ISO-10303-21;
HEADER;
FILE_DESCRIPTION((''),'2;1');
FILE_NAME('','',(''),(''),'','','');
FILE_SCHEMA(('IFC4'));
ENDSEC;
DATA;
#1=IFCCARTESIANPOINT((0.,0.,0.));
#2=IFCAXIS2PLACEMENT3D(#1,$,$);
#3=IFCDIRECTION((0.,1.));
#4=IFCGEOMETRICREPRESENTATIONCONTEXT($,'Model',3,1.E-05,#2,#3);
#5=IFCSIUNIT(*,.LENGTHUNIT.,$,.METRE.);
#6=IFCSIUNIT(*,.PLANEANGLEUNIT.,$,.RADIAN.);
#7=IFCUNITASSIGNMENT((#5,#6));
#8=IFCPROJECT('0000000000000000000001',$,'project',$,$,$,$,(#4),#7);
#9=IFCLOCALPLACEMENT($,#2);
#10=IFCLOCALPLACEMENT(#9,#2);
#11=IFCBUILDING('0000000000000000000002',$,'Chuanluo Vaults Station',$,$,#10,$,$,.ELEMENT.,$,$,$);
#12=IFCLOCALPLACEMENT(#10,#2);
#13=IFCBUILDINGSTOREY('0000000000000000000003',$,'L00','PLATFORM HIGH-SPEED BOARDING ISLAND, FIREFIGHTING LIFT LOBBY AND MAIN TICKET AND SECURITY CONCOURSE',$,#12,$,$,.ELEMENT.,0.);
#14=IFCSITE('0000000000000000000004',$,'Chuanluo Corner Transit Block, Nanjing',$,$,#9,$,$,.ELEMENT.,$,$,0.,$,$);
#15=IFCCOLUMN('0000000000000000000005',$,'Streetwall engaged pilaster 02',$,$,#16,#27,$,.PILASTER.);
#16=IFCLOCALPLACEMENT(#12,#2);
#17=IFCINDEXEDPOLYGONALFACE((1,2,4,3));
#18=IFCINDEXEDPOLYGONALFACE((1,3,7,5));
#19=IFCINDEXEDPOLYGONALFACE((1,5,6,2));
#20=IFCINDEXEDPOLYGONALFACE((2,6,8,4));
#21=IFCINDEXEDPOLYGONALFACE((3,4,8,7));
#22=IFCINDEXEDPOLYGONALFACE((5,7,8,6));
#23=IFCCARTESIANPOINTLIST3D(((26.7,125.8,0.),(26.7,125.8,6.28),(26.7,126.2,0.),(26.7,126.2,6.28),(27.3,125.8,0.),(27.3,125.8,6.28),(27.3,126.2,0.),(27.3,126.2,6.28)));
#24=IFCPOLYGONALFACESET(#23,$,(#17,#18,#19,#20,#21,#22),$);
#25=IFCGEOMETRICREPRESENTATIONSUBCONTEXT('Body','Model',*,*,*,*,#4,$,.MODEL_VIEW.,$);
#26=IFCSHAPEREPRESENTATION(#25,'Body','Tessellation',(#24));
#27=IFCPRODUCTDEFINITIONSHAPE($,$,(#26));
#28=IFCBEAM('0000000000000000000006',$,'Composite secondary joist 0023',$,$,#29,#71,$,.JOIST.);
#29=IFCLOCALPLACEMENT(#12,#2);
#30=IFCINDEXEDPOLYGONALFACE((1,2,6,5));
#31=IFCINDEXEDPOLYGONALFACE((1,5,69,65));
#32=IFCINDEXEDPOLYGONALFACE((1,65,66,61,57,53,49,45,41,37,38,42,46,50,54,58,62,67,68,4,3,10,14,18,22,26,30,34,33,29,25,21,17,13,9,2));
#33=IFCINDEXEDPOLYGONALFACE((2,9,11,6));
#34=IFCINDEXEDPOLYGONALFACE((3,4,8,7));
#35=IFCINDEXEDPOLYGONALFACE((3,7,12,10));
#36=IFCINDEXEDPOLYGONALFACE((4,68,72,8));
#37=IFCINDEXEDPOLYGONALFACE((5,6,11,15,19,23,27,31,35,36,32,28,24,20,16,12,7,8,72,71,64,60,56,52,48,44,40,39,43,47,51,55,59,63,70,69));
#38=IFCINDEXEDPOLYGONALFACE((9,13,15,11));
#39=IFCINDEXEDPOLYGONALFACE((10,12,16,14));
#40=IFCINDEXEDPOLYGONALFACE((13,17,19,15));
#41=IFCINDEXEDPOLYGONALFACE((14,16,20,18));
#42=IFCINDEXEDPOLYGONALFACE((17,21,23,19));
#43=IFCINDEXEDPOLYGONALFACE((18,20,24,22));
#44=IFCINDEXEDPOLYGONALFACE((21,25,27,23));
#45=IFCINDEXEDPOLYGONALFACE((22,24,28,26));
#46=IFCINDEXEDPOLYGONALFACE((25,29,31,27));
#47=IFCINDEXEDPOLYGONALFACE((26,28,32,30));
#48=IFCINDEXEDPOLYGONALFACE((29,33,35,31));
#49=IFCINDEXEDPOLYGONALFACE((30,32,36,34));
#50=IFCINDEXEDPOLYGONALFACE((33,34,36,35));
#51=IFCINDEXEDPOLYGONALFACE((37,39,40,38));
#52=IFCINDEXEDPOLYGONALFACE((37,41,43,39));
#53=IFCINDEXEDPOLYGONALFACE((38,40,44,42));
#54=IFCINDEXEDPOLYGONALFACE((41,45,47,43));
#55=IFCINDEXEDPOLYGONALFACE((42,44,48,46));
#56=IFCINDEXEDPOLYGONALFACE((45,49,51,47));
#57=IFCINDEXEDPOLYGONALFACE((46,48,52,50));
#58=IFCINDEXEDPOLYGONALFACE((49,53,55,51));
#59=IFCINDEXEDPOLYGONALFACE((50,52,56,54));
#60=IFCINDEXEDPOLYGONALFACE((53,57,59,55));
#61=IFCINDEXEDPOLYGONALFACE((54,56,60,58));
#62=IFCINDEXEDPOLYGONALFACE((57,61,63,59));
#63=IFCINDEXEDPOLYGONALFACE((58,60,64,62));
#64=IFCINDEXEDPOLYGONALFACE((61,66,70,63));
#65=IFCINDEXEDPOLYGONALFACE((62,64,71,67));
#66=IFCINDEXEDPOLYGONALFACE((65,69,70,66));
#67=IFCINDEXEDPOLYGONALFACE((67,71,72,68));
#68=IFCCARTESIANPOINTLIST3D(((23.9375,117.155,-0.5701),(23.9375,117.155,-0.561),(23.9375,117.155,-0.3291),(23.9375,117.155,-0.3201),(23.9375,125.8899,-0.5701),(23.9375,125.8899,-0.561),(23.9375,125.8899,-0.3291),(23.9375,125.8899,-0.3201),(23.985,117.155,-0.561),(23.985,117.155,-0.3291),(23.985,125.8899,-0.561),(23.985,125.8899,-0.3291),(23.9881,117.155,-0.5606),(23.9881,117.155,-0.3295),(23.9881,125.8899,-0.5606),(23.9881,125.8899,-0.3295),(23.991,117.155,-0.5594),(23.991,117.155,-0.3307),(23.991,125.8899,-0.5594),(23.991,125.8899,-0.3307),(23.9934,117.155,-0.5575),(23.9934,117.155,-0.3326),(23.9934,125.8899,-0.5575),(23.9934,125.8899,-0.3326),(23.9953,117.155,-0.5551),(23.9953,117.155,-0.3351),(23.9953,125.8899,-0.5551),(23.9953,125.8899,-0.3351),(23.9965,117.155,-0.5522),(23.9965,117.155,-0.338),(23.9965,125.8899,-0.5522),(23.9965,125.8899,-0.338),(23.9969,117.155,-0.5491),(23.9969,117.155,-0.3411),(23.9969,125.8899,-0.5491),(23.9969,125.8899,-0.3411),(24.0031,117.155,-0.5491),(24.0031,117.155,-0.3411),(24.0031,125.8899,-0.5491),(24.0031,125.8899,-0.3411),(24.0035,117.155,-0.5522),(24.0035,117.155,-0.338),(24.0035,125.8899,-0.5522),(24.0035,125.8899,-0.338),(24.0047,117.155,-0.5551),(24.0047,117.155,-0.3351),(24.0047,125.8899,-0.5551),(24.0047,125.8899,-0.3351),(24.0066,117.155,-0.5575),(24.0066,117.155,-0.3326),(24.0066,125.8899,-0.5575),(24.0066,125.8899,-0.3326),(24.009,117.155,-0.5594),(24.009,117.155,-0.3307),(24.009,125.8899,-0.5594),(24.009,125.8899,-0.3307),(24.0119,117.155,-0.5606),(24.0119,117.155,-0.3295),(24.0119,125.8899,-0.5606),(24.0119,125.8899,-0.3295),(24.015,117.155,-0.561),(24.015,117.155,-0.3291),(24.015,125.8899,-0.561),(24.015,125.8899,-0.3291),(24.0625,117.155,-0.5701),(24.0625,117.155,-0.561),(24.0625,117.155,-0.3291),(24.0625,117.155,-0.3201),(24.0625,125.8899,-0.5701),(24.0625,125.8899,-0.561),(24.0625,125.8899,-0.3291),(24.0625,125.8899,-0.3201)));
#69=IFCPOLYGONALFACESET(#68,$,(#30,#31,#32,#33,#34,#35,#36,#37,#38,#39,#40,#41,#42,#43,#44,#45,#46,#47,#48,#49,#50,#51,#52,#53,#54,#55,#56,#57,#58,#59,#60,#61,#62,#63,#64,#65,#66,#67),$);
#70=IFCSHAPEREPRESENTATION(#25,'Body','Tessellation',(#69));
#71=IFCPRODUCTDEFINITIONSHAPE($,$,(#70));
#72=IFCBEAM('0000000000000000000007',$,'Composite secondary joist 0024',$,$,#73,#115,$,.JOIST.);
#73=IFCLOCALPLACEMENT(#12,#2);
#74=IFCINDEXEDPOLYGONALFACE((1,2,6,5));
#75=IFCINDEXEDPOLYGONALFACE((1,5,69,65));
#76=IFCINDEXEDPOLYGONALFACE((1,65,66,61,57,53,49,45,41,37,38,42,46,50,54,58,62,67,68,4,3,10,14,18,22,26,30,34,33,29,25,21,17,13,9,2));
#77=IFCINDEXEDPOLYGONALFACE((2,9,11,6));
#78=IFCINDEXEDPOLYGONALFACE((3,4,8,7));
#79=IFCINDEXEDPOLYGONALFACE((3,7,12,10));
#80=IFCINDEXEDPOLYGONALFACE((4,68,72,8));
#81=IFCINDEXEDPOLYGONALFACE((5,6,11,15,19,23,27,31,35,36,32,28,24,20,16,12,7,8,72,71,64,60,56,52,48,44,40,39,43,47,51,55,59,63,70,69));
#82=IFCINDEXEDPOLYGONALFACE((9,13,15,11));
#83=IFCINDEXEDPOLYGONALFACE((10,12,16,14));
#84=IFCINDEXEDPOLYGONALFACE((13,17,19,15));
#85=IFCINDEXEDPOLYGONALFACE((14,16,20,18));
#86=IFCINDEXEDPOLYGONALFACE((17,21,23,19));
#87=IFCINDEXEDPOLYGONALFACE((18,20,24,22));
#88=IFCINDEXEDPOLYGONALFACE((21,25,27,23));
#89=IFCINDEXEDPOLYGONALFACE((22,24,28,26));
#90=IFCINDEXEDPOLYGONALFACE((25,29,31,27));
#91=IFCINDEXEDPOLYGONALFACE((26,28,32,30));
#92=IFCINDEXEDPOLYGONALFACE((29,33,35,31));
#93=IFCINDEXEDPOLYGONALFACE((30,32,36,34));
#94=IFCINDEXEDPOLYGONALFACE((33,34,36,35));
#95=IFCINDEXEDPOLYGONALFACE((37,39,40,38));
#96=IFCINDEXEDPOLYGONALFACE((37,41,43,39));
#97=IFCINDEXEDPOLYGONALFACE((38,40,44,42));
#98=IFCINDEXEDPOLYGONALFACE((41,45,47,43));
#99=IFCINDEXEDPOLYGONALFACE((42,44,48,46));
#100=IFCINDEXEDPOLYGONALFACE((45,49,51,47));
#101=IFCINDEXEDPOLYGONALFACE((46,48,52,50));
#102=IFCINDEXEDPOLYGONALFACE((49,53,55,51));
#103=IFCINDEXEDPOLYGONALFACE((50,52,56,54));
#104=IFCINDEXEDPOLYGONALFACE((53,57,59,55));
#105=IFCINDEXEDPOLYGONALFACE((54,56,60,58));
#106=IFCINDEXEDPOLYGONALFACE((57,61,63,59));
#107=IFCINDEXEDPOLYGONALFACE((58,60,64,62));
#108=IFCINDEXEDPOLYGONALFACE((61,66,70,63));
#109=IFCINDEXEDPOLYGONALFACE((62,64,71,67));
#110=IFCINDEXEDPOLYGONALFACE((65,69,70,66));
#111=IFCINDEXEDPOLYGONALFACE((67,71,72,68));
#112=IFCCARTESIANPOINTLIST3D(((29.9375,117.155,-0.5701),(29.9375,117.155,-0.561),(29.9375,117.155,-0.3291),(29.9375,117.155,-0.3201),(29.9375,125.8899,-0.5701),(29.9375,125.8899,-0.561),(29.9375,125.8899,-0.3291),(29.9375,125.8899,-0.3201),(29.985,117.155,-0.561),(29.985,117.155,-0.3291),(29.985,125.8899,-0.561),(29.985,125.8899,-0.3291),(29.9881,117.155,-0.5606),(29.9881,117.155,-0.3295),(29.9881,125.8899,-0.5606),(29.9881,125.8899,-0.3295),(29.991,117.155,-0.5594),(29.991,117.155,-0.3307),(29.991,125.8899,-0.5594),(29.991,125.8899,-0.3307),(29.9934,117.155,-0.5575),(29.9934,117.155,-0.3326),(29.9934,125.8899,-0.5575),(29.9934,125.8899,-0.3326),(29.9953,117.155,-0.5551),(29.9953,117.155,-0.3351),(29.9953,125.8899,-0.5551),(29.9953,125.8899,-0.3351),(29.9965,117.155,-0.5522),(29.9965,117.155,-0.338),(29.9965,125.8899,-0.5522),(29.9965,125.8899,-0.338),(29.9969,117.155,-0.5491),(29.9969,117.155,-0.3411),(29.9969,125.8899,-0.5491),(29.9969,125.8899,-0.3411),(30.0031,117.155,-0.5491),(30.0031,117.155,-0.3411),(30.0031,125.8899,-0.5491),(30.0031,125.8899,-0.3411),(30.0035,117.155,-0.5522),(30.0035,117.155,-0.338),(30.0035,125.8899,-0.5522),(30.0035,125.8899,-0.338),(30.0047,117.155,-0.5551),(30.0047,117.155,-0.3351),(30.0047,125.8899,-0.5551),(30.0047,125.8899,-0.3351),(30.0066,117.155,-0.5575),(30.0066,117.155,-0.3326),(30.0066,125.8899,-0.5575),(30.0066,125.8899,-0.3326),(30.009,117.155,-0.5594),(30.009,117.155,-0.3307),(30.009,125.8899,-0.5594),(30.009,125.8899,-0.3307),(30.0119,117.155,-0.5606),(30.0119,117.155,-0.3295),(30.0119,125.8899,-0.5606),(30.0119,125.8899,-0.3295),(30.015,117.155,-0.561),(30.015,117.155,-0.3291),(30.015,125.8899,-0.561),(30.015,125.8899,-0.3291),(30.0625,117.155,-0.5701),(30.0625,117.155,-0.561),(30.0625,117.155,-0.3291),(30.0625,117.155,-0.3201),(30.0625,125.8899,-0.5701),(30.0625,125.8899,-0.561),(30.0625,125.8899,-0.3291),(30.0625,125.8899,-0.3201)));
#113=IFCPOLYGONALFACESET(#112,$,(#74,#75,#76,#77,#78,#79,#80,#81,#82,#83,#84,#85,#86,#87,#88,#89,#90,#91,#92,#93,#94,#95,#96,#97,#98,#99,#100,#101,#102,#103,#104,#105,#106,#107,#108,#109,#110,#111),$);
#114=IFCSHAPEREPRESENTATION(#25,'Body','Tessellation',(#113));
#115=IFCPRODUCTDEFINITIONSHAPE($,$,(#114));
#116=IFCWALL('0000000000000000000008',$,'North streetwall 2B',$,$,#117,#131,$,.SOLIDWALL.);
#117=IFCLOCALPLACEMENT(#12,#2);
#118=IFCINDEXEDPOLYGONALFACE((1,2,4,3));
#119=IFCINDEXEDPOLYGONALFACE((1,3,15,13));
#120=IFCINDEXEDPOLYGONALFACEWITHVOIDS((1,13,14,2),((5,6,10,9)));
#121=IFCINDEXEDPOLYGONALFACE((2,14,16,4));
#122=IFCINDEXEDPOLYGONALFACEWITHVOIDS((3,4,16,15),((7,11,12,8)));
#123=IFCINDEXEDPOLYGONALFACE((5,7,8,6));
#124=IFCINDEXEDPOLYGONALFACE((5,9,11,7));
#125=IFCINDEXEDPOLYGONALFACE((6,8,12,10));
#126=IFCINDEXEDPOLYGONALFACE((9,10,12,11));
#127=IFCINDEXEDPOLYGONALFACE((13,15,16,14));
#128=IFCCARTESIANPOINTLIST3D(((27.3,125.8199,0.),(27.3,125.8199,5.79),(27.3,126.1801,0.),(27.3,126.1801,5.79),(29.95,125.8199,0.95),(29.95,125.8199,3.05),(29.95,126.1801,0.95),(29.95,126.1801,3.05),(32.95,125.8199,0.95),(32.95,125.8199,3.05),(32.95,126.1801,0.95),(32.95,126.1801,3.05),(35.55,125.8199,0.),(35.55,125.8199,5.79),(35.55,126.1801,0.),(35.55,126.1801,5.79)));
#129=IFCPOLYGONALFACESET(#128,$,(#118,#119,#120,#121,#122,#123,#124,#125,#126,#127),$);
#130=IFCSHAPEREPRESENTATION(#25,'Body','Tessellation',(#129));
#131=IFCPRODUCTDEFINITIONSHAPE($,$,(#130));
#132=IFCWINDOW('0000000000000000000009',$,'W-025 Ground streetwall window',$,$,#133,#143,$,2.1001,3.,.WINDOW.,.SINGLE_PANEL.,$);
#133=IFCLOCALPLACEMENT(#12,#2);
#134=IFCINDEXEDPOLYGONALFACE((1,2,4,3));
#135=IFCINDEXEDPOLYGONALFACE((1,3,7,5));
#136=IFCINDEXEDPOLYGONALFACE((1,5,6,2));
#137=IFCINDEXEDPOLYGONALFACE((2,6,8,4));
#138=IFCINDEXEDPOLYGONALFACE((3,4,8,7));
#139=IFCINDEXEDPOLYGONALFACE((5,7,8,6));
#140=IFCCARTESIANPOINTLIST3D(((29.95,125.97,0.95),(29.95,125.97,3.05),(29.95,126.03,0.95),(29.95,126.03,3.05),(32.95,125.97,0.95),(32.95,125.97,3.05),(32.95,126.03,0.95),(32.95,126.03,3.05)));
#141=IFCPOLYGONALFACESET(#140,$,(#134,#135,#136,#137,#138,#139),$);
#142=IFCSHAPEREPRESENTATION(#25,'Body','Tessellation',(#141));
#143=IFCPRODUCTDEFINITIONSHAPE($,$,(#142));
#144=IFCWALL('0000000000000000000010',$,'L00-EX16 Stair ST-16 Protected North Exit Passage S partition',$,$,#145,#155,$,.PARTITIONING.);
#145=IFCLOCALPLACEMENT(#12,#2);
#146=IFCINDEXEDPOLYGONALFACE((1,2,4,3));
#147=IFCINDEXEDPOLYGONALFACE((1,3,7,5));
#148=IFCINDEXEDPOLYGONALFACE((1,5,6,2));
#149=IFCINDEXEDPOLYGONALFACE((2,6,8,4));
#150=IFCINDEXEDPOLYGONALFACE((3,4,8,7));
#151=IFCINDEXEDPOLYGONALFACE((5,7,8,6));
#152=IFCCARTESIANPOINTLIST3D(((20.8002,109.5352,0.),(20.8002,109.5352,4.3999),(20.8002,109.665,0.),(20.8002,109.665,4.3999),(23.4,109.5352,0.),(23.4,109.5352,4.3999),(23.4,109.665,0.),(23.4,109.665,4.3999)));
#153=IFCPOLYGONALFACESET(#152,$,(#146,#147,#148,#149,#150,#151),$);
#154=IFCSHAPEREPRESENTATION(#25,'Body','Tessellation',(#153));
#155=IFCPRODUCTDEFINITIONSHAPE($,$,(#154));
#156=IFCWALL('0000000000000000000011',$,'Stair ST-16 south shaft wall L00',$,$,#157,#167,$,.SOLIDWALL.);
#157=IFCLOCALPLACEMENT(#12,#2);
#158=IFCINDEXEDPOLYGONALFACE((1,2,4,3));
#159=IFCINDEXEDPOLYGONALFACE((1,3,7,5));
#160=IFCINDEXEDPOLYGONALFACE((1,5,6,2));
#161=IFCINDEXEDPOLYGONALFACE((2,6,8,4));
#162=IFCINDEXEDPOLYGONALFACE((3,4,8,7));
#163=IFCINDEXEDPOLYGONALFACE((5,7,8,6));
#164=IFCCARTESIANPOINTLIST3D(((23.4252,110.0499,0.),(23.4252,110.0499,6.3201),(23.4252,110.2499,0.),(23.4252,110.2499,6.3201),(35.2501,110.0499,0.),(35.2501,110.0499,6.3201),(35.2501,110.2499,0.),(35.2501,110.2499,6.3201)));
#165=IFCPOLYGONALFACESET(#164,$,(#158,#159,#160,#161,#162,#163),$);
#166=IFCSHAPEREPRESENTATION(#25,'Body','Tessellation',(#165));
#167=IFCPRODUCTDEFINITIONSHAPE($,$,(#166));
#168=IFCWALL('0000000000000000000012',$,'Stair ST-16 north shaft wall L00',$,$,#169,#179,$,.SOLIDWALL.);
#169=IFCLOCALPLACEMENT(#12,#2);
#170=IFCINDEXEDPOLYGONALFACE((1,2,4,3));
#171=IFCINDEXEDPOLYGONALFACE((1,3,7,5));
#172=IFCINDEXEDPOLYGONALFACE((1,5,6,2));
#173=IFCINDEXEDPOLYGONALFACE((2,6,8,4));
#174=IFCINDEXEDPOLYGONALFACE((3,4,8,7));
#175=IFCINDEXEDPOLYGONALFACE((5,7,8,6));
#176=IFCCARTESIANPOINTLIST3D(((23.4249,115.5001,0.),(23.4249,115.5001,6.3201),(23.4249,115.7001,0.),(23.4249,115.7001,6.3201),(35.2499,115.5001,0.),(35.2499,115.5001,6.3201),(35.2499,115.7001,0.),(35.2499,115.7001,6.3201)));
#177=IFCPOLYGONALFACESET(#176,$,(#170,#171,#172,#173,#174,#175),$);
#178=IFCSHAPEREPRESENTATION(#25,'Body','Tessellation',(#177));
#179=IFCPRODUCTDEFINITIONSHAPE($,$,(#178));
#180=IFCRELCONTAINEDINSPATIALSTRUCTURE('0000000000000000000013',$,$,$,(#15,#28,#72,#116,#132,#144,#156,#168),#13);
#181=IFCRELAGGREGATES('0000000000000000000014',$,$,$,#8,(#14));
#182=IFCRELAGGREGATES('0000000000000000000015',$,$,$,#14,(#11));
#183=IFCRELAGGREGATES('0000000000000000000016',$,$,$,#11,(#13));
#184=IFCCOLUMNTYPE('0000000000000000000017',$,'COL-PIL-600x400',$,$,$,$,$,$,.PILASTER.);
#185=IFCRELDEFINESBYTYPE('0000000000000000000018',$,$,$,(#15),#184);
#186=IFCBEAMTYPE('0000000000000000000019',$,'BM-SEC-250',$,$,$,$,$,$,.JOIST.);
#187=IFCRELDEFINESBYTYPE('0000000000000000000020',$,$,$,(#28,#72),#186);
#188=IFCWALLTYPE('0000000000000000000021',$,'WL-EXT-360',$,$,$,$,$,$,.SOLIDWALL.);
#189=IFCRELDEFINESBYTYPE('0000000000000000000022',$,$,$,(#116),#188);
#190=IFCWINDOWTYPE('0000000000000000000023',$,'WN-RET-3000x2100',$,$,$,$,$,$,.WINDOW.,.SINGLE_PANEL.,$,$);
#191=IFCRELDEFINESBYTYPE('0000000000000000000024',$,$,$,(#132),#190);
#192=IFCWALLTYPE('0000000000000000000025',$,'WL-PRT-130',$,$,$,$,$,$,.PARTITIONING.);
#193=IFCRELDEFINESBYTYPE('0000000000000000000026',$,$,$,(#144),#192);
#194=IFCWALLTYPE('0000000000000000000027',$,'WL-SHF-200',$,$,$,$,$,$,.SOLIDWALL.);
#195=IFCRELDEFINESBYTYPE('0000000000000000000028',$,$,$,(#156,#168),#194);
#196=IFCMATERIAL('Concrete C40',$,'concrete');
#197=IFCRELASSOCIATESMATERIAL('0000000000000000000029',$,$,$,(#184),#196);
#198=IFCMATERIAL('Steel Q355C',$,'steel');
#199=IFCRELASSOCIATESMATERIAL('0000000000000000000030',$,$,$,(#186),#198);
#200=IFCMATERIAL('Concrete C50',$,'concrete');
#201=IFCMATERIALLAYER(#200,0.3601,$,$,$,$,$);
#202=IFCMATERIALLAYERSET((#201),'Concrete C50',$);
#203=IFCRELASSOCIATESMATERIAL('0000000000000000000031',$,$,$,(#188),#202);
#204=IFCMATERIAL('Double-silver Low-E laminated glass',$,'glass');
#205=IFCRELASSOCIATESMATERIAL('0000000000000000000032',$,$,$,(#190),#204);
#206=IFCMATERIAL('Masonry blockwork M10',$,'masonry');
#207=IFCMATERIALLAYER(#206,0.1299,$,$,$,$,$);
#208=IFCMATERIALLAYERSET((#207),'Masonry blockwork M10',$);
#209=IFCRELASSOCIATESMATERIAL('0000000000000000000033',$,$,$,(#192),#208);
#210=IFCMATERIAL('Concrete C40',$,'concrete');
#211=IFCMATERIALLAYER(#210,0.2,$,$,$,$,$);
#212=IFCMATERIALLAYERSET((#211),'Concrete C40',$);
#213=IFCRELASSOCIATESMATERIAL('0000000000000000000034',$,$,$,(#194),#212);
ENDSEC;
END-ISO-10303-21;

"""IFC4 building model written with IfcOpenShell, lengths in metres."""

from ifc_helpers import new_model, si_unit, direction, frame, frame_2d, origin, origin_2d, place, context, subcontext, project, spatial, rectangle, i_section, extrude, material, layer, layer_set, material_profile, profile_set, type_object, element, fill, save


model = new_model("IFC4")

# Units and contexts
model_context = context("Model", 3, precision=1e-05, world=origin(), true_north=direction((0.0, 1.0)))
body_context = subcontext(model_context, "Body", "Model", "MODEL_VIEW")
ifc_project = project(units=[si_unit("LENGTHUNIT", "METRE"), si_unit("PLANEANGLEUNIT", "RADIAN")], contexts=[model_context])

# Site, building, storey
site_placement = place(None, origin())
site = spatial("IfcSite", under=ifc_project, at=site_placement, Name="Chuanluo Corner Transit Block, Nanjing", CompositionType="ELEMENT", RefElevation=0.0)
building_placement = place(site_placement, origin())
building = spatial("IfcBuilding", under=site, at=building_placement, Name="Chuanluo Vaults Station", CompositionType="ELEMENT")
storey_placement = place(building_placement, origin())
storey = spatial("IfcBuildingStorey", under=building, at=storey_placement, Name="L00", Description="PLATFORM HIGH-SPEED BOARDING ISLAND, FIREFIGHTING LIFT LOBBY AND MAIN TICKET AND SECURITY CONCOURSE", CompositionType="ELEMENT", Elevation=0.0)

# Column
ifc_material_1 = material(Name="Concrete C40", Category="concrete")
ifc_material_profile_1 = material_profile(ifc_material_1, rectangle(XDim=0.6001, YDim=0.3999, at=origin_2d()))
ifc_profile_set_1 = profile_set([ifc_material_profile_1], Name="Concrete C40")
column_type = type_object("IfcColumnType", Name="COL-PIL-600x400", PredefinedType="PILASTER", material=ifc_profile_set_1)
column_placement = place(storey_placement, frame((27.0, 126.0, 0.0), z_axis=(0.0, 0.0, 1.0), x_axis=(1.0, 0.0, 0.0)))
element("IfcColumn", 1, at=column_placement, inside=storey, type_object=column_type, Name="Streetwall engaged pilaster 02", PredefinedType="PILASTER", context=body_context, shape_type="SweptSolid", body=[
    extrude(rectangle(XDim=0.6001, YDim=0.3999, at=origin_2d()), origin(), (0.0, 0.0, 1.0), 6.28),
])

# Beams
ifc_material_2 = material(Name="Steel Q355C", Category="steel")
ifc_material_profile_2 = material_profile(ifc_material_2, i_section(OverallWidth=0.125, OverallDepth=0.25, WebThickness=0.0061, FlangeThickness=0.009, FilletRadius=0.012, at=origin_2d()))
ifc_profile_set_2 = profile_set([ifc_material_profile_2], Name="Steel Q355C")
beam_type = type_object("IfcBeamType", Name="BM-SEC-250", PredefinedType="JOIST", material=ifc_profile_set_2)
for number, where, z_axis, x_axis, name in (
    (2, (24.0, 117.155, -0.4451), (0.0, 1.0, 0.0), (-1.0, 0.0, 0.0), "Composite secondary joist 0023"),
    (3, (30.0, 117.155, -0.4451), (0.0, 1.0, 0.0), (-1.0, 0.0, 0.0), "Composite secondary joist 0024"),
):
    element("IfcBeam", number, at=place(storey_placement, frame(where, z_axis=z_axis, x_axis=x_axis)), inside=storey, type_object=beam_type, Name=name, PredefinedType="JOIST", context=body_context, shape_type="SweptSolid", body=[
        extrude(i_section(OverallWidth=0.125, OverallDepth=0.25, WebThickness=0.0061, FlangeThickness=0.009, FilletRadius=0.012, at=origin_2d()), origin(), (0.0, 0.0, 1.0), 8.7349),
    ])

# Wall, opening, window
ifc_material_3 = material(Name="Concrete C50", Category="concrete")
ifc_layer_1 = layer(ifc_material_3, 0.3601)
ifc_layer_set_1 = layer_set([ifc_layer_1], Name="Concrete C50")
wall_type_1 = type_object("IfcWallType", Name="WL-EXT-360", PredefinedType="SOLIDWALL", material=ifc_layer_set_1)
wall_1_placement = place(storey_placement, frame((27.3, 126.0, 0.0), z_axis=(0.0, 0.0, 1.0), x_axis=(1.0, 0.0, 0.0)))
wall_1 = element("IfcWall", 4, at=wall_1_placement, inside=storey, type_object=wall_type_1, Name="North streetwall 2B", PredefinedType="SOLIDWALL", context=body_context, shape_type="SweptSolid", body=[
    extrude(rectangle(XDim=8.25, YDim=0.3601, at=frame_2d((4.125, 0.0))), origin(), (0.0, 0.0, 1.0), 5.79),
])
opening_1_placement = place(wall_1_placement, frame((2.6499, 0.0, 0.95)))
opening_1 = element("IfcOpeningElement", 5, at=opening_1_placement, cuts=wall_1, PredefinedType="OPENING", context=body_context, shape_type="SweptSolid", body=[
    extrude(rectangle(XDim=3.0, YDim=2.1001, at=frame_2d((1.5, 1.05))), frame((0.0, 0.1902, 0.0), z_axis=(0.0, -1.0, 0.0), x_axis=(1.0, 0.0, 0.0)), (0.0, 0.0, 1.0), 0.3801),
])
ifc_material_4 = material(Name="Double-silver Low-E laminated glass", Category="glass")
window_type = type_object("IfcWindowType", Name="WN-RET-3000x2100", PartitioningType="SINGLE_PANEL", PredefinedType="WINDOW", material=ifc_material_4)
window_placement = place(opening_1_placement, origin())
window = element("IfcWindow", 6, at=window_placement, inside=storey, type_object=window_type, Name="W-025 Ground streetwall window", OverallHeight=2.1001, OverallWidth=3.0, PartitioningType="SINGLE_PANEL", PredefinedType="WINDOW", context=body_context, shape_type="SweptSolid", body=[
    extrude(rectangle(XDim=3.0, YDim=2.1001, at=frame_2d((1.5, 1.05))), frame((0.0, 0.03, 0.0), z_axis=(0.0, -1.0, 0.0), x_axis=(1.0, 0.0, 0.0)), (0.0, 0.0, 1.0), 0.0601),
])
fill(opening_1, window)

# Walls
ifc_material_5 = material(Name="Masonry blockwork M10", Category="masonry")
ifc_layer_2 = layer(ifc_material_5, 0.1299)
ifc_layer_set_2 = layer_set([ifc_layer_2], Name="Masonry blockwork M10")
wall_type_2 = type_object("IfcWallType", Name="WL-PRT-130", PredefinedType="PARTITIONING", material=ifc_layer_set_2)
wall_2_placement = place(storey_placement, frame((23.3999, 109.6001, 0.0), z_axis=(0.0, 0.0, 1.0), x_axis=(-1.0, 0.0, 0.0)))
element("IfcWall", 7, at=wall_2_placement, inside=storey, type_object=wall_type_2, Name="L00-EX16 Stair ST-16 Protected North Exit Passage S partition", PredefinedType="PARTITIONING", context=body_context, shape_type="SweptSolid", body=[
    extrude(rectangle(XDim=2.5999, YDim=0.1299, at=frame_2d((1.2998, 0.0))), origin(), (0.0, 0.0, 1.0), 4.3999),
])
ifc_material_6 = material(Name="Concrete C40", Category="concrete")
ifc_layer_3 = layer(ifc_material_6, 0.2)
ifc_layer_set_3 = layer_set([ifc_layer_3], Name="Concrete C40")
wall_type_3 = type_object("IfcWallType", Name="WL-SHF-200", PredefinedType="SOLIDWALL", material=ifc_layer_set_3)
for number, where, z_axis, x_axis, name in (
    (8, (23.425, 110.1499, 0.0), (0.0, 0.0, 1.0), (1.0, 0.0, 0.0), "Stair ST-16 south shaft wall L00"),
    (9, (35.25, 115.6001, 0.0), (0.0, 0.0, 1.0), (-1.0, 0.0, 0.0), "Stair ST-16 north shaft wall L00"),
):
    element("IfcWall", number, at=place(storey_placement, frame(where, z_axis=z_axis, x_axis=x_axis)), inside=storey, type_object=wall_type_3, Name=name, PredefinedType="SOLIDWALL", context=body_context, shape_type="SweptSolid", body=[
        extrude(rectangle(XDim=11.825, YDim=0.2, at=frame_2d((5.9126, 0.0))), origin(), (0.0, 0.0, 1.0), 6.3201),
    ])

save(model, "model.ifc")
